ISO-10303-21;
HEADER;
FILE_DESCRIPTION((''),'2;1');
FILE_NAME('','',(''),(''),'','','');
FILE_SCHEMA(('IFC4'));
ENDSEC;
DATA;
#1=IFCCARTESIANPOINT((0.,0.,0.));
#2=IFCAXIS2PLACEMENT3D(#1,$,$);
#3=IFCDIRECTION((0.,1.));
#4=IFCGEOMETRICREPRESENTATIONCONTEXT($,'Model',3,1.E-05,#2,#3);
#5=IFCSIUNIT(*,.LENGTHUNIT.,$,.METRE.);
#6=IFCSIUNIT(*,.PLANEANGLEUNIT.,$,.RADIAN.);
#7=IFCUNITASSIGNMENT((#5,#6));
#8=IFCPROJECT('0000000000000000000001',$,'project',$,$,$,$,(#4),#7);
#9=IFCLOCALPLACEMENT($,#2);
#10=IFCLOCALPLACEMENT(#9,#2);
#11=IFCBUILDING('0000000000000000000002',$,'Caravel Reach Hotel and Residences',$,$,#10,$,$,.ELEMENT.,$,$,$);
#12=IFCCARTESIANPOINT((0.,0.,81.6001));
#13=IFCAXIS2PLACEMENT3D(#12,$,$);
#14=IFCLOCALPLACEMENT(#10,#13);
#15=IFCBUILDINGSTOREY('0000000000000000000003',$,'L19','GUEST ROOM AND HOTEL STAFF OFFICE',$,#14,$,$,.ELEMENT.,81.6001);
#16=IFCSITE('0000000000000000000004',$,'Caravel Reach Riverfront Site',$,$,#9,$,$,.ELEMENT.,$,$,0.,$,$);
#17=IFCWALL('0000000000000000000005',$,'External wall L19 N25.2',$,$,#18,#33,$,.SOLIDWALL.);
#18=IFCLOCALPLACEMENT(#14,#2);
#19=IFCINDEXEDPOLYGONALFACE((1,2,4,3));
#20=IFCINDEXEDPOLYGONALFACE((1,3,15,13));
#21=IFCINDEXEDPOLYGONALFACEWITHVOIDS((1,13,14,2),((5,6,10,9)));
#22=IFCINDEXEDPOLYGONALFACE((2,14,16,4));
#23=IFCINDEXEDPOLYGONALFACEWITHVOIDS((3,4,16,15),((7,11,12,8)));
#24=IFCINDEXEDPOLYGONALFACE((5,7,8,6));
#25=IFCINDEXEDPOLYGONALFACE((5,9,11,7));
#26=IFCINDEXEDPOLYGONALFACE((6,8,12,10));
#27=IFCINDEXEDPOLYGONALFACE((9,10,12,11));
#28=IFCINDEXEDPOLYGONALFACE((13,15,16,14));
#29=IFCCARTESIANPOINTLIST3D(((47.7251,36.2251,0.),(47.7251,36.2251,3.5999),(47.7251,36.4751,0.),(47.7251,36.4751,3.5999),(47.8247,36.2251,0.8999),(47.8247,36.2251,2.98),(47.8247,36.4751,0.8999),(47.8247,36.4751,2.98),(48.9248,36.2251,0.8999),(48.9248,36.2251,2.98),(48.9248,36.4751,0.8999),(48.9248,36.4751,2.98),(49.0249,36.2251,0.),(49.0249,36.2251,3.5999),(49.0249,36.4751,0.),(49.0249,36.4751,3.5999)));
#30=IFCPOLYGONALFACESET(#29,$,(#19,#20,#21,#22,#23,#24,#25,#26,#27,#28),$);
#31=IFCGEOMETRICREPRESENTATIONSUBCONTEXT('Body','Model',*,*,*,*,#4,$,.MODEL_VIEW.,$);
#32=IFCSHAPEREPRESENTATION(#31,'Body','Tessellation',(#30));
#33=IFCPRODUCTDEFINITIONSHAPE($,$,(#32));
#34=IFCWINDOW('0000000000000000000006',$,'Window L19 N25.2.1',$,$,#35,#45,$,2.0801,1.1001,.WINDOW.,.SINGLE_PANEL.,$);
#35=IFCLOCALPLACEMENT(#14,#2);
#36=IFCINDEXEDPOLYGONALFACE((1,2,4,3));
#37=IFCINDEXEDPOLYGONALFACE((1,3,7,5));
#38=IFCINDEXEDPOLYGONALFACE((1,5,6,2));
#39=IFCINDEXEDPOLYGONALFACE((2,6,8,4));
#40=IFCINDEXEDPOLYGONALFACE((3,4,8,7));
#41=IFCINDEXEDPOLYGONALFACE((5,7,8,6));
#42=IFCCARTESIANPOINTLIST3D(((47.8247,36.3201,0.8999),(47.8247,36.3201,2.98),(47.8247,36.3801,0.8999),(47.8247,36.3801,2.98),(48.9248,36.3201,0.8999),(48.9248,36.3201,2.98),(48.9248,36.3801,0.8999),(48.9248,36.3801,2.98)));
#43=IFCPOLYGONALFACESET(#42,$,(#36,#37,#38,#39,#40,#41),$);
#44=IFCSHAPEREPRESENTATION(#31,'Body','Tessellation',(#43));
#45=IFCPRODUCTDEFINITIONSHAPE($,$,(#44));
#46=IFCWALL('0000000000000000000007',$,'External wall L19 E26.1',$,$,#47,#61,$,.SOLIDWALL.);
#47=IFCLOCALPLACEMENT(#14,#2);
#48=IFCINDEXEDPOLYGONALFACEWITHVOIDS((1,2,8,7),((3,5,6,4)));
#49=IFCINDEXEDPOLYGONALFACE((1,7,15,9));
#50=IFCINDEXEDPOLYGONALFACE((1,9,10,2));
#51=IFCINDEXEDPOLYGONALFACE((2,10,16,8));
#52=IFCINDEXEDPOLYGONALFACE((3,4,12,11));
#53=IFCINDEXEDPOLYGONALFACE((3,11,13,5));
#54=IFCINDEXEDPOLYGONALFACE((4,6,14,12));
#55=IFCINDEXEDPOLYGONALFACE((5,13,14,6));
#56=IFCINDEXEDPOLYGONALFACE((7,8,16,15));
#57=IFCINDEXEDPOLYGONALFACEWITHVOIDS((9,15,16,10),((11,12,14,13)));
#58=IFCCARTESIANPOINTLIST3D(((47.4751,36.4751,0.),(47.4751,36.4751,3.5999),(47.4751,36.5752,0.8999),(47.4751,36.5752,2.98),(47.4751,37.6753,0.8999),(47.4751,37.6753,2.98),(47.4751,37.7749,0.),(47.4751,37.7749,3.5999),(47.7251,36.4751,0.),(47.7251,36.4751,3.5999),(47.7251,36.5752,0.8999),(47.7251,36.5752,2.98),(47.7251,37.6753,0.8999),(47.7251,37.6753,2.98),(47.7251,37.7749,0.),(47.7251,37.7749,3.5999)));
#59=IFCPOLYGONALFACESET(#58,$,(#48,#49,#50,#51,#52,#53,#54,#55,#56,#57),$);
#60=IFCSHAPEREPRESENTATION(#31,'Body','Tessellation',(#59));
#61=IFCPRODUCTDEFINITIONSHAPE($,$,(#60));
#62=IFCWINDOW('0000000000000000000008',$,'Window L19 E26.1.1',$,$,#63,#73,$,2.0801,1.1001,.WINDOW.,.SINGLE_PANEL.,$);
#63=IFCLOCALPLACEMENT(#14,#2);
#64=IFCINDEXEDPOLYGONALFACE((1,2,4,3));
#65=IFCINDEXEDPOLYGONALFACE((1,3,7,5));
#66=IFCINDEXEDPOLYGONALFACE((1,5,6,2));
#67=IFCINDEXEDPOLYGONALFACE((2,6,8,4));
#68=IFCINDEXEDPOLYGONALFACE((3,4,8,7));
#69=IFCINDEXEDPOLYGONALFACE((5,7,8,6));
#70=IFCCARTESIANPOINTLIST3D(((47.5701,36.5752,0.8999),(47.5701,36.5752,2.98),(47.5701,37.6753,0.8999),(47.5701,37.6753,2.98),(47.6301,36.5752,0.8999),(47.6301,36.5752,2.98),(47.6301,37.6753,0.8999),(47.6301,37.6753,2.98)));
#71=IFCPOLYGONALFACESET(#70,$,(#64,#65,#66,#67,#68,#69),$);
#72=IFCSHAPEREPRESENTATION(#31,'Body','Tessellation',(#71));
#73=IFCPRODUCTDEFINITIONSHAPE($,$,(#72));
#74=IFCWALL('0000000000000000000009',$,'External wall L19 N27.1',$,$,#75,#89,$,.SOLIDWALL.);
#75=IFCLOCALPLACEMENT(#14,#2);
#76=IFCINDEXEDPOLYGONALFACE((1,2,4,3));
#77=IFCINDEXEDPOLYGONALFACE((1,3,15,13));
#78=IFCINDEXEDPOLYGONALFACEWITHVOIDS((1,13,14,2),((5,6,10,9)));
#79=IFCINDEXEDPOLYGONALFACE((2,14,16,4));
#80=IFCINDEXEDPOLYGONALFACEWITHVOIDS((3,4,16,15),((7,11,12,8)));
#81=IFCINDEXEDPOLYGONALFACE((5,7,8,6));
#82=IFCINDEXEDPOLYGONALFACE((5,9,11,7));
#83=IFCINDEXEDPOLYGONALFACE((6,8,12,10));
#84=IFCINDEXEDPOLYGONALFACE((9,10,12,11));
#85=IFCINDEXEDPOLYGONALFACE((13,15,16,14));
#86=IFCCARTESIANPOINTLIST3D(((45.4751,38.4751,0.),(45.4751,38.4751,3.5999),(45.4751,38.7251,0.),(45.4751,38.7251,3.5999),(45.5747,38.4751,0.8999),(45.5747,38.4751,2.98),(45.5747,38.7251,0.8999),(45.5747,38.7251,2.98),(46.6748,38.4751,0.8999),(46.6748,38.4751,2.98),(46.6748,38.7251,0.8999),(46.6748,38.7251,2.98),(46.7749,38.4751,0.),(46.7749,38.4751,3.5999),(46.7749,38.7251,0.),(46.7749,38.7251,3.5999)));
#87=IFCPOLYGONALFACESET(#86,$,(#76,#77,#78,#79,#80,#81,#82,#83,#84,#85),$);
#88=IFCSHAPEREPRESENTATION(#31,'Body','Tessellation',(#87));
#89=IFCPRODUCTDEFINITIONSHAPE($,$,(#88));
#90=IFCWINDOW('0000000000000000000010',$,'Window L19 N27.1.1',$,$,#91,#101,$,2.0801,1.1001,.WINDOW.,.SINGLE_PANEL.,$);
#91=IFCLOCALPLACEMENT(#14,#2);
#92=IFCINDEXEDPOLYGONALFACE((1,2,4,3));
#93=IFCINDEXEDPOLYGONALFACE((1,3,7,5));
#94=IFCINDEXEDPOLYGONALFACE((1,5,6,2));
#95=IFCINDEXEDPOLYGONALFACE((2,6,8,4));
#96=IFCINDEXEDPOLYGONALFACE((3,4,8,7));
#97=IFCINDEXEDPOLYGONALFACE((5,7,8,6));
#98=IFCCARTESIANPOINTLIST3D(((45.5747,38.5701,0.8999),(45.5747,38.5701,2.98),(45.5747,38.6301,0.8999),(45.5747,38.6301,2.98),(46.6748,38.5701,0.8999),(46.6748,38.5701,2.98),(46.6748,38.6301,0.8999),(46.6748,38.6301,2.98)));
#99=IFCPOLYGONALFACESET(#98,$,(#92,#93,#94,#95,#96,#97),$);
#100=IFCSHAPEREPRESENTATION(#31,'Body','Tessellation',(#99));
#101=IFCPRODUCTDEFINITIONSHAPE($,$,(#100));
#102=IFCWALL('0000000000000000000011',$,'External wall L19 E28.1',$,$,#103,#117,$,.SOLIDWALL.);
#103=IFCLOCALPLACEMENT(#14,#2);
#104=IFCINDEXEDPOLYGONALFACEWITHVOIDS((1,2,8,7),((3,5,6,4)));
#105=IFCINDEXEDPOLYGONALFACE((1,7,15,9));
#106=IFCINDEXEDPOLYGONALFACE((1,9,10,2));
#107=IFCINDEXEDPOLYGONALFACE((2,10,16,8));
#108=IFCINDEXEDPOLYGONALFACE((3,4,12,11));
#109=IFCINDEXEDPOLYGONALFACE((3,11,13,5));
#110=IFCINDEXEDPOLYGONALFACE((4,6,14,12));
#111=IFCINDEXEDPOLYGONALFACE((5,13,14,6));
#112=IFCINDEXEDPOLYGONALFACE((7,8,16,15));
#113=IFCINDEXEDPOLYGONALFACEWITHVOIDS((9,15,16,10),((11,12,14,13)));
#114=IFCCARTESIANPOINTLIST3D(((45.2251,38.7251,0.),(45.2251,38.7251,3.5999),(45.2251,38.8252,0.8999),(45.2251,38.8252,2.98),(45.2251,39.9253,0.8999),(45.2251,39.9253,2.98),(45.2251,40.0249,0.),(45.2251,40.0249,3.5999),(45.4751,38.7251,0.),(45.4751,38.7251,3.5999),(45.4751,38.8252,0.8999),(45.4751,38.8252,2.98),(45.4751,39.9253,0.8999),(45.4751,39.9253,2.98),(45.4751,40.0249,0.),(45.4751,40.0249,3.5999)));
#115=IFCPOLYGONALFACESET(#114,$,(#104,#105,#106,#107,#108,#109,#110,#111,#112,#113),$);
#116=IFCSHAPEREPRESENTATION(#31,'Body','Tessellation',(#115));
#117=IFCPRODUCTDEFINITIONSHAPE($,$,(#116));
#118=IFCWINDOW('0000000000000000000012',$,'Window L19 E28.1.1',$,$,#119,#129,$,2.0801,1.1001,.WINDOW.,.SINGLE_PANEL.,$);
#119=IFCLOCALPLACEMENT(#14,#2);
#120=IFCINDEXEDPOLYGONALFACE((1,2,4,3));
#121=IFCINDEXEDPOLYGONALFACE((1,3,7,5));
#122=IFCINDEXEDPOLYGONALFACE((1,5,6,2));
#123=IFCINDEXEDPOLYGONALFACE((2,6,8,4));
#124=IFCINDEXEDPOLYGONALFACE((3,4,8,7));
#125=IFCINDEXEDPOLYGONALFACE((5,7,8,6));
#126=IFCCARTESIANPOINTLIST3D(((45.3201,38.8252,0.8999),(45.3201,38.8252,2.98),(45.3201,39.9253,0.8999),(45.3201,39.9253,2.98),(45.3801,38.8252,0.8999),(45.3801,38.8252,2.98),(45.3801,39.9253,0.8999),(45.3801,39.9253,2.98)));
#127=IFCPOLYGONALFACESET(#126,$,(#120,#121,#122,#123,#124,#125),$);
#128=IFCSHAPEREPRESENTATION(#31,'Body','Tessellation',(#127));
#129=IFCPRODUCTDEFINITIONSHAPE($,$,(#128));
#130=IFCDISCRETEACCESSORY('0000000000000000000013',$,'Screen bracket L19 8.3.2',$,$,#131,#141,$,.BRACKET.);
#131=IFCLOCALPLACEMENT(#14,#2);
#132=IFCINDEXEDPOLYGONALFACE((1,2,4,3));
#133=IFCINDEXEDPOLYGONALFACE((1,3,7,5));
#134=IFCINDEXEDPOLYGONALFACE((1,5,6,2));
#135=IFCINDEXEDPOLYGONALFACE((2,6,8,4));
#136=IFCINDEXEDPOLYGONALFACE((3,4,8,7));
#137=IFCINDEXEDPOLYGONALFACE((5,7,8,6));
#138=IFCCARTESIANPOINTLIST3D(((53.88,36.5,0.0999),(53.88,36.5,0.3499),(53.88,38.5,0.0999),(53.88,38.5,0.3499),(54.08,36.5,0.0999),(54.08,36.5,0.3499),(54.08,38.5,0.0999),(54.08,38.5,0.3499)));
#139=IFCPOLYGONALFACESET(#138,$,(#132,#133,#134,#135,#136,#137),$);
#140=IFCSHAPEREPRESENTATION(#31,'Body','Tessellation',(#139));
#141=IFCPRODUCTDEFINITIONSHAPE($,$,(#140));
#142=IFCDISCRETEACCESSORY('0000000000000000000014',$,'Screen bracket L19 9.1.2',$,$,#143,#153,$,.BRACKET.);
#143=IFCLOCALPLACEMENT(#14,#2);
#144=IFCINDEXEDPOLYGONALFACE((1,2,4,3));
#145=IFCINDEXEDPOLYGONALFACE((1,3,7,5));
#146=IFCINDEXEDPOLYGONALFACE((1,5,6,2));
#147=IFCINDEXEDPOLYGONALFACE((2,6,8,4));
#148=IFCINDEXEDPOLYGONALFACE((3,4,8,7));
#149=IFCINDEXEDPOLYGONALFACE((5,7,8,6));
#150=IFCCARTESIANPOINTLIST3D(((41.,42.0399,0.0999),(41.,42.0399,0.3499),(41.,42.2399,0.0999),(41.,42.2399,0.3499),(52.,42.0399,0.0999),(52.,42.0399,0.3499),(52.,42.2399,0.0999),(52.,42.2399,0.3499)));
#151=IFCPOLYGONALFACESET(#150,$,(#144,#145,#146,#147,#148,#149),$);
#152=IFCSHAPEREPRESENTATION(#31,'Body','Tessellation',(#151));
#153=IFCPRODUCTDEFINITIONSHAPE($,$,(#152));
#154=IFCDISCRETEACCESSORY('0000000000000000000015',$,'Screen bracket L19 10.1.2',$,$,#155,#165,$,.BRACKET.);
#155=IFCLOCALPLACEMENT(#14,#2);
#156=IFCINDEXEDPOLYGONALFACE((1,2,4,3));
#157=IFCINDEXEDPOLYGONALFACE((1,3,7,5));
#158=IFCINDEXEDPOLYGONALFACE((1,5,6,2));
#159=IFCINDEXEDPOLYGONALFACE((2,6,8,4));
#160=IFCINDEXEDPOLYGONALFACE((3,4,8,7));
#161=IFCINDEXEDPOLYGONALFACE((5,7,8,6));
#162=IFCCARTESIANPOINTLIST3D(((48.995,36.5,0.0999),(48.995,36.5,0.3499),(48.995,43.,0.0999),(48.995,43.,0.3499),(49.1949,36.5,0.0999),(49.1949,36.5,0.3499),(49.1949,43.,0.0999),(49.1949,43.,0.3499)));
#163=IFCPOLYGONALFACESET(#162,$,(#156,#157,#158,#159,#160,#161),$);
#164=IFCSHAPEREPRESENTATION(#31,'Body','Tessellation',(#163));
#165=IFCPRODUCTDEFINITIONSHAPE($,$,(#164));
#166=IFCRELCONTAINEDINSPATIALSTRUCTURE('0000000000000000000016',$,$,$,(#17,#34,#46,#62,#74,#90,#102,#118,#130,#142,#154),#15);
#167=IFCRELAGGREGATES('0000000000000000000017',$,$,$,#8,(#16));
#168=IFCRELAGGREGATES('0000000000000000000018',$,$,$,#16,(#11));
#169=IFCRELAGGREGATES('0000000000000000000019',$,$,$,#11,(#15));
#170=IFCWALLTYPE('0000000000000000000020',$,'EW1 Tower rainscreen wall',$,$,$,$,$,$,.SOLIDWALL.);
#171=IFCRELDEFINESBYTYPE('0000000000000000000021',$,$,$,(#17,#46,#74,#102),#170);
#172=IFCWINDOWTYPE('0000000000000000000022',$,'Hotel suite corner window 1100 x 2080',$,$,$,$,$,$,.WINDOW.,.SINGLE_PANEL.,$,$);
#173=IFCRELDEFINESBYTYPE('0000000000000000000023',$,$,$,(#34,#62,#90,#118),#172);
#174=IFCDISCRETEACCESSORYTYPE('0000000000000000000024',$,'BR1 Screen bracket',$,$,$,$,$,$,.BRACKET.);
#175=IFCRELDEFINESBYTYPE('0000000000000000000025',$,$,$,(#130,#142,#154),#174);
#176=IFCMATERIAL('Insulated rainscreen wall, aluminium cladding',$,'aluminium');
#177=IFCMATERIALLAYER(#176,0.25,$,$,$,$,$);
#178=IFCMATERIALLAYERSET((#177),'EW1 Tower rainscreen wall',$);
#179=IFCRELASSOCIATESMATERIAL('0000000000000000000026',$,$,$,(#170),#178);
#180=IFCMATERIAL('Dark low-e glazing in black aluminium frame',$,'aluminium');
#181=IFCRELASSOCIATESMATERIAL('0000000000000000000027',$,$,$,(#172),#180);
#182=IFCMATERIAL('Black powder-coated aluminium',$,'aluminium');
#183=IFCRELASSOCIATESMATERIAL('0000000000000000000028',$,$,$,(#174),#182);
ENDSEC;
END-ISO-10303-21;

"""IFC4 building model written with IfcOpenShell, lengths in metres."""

from ifc_helpers import new_model, si_unit, direction, frame, frame_2d, origin, origin_2d, place, context, subcontext, project, spatial, rectangle, extrude, material, layer, layer_set, type_object, element, fill, save


model = new_model("IFC4")

# Units and contexts
model_context = context("Model", 3, precision=1e-05, world=origin(), true_north=direction((0.0, 1.0)))
body_context = subcontext(model_context, "Body", "Model", "MODEL_VIEW")
ifc_project = project(units=[si_unit("LENGTHUNIT", "METRE"), si_unit("PLANEANGLEUNIT", "RADIAN")], contexts=[model_context])

# Site, building, storey
site_placement = place(None, origin())
site = spatial("IfcSite", under=ifc_project, at=site_placement, Name="Caravel Reach Riverfront Site", CompositionType="ELEMENT", RefElevation=0.0)
building_placement = place(site_placement, origin())
building = spatial("IfcBuilding", under=site, at=building_placement, Name="Caravel Reach Hotel and Residences", CompositionType="ELEMENT")
storey_placement = place(building_placement, frame((0.0, 0.0, 81.6001)))
storey = spatial("IfcBuildingStorey", under=building, at=storey_placement, Name="L19", Description="GUEST ROOM AND HOTEL STAFF OFFICE", CompositionType="ELEMENT", Elevation=81.6001)

# Walls, openings, windows
ifc_material_1 = material(Name="Insulated rainscreen wall, aluminium cladding", Category="aluminium")
ifc_layer = layer(ifc_material_1, 0.25)
ifc_layer_set = layer_set([ifc_layer], Name="EW1 Tower rainscreen wall")
wall_type = type_object("IfcWallType", Name="EW1 Tower rainscreen wall", PredefinedType="SOLIDWALL", material=ifc_layer_set)
wall_1_placement = place(storey_placement, frame((49.0249, 36.3501, 0.0), z_axis=(0.0, 0.0, 1.0), x_axis=(-1.0, 0.0, 0.0)))
wall_1 = element("IfcWall", 1, at=wall_1_placement, inside=storey, type_object=wall_type, Name="External wall L19 N25.2", PredefinedType="SOLIDWALL", context=body_context, shape_type="SweptSolid", body=[
    extrude(rectangle(XDim=1.2998, YDim=0.25, at=frame_2d((0.6499, 0.0))), origin(), (0.0, 0.0, 1.0), 3.5999),
])
opening_1_placement = place(wall_1_placement, frame((0.1001, 0.0, 0.8999)))
opening_1 = element("IfcOpeningElement", 2, at=opening_1_placement, cuts=wall_1, PredefinedType="OPENING", context=body_context, shape_type="SweptSolid", body=[
    extrude(rectangle(XDim=1.1001, YDim=2.0801, at=frame_2d((0.55, 1.04))), frame((0.0, 0.135, 0.0), z_axis=(0.0, -1.0, 0.0), x_axis=(1.0, 0.0, 0.0)), (0.0, 0.0, 1.0), 0.27),
])
ifc_material_2 = material(Name="Dark low-e glazing in black aluminium frame", Category="aluminium")
window_type = type_object("IfcWindowType", Name="Hotel suite corner window 1100 x 2080", PartitioningType="SINGLE_PANEL", PredefinedType="WINDOW", material=ifc_material_2)
window_1_placement = place(opening_1_placement, origin())
window_1 = element("IfcWindow", 3, at=window_1_placement, inside=storey, type_object=window_type, Name="Window L19 N25.2.1", OverallHeight=2.0801, OverallWidth=1.1001, PartitioningType="SINGLE_PANEL", PredefinedType="WINDOW", context=body_context, shape_type="SweptSolid", body=[
    extrude(rectangle(XDim=1.1001, YDim=2.0801, at=frame_2d((0.55, 1.04))), frame((0.0, 0.03, 0.0), z_axis=(0.0, -1.0, 0.0), x_axis=(1.0, 0.0, 0.0)), (0.0, 0.0, 1.0), 0.0601),
])
fill(opening_1, window_1)
wall_2_placement = place(storey_placement, frame((47.6001, 36.4751, 0.0), z_axis=(0.0, 0.0, 1.0), x_axis=(0.0, 1.0, 0.0)))
wall_2 = element("IfcWall", 4, at=wall_2_placement, inside=storey, type_object=wall_type, Name="External wall L19 E26.1", PredefinedType="SOLIDWALL", context=body_context, shape_type="SweptSolid", body=[
    extrude(rectangle(XDim=1.2998, YDim=0.25, at=frame_2d((0.6499, 0.0))), origin(), (0.0, 0.0, 1.0), 3.5999),
])
opening_2_placement = place(wall_2_placement, frame((0.1001, 0.0, 0.8999)))
opening_2 = element("IfcOpeningElement", 5, at=opening_2_placement, cuts=wall_2, PredefinedType="OPENING", context=body_context, shape_type="SweptSolid", body=[
    extrude(rectangle(XDim=1.1001, YDim=2.0801, at=frame_2d((0.55, 1.04))), frame((0.0, 0.135, 0.0), z_axis=(0.0, -1.0, 0.0), x_axis=(1.0, 0.0, 0.0)), (0.0, 0.0, 1.0), 0.27),
])
window_2_placement = place(opening_2_placement, origin())
window_2 = element("IfcWindow", 6, at=window_2_placement, inside=storey, type_object=window_type, Name="Window L19 E26.1.1", OverallHeight=2.0801, OverallWidth=1.1001, PartitioningType="SINGLE_PANEL", PredefinedType="WINDOW", context=body_context, shape_type="SweptSolid", body=[
    extrude(rectangle(XDim=1.1001, YDim=2.0801, at=frame_2d((0.55, 1.04))), frame((0.0, 0.03, 0.0), z_axis=(0.0, -1.0, 0.0), x_axis=(1.0, 0.0, 0.0)), (0.0, 0.0, 1.0), 0.0601),
])
fill(opening_2, window_2)
wall_3_placement = place(storey_placement, frame((46.7749, 38.6001, 0.0), z_axis=(0.0, 0.0, 1.0), x_axis=(-1.0, 0.0, 0.0)))
wall_3 = element("IfcWall", 7, at=wall_3_placement, inside=storey, type_object=wall_type, Name="External wall L19 N27.1", PredefinedType="SOLIDWALL", context=body_context, shape_type="SweptSolid", body=[
    extrude(rectangle(XDim=1.2998, YDim=0.25, at=frame_2d((0.6499, 0.0))), origin(), (0.0, 0.0, 1.0), 3.5999),
])
opening_3_placement = place(wall_3_placement, frame((0.1001, 0.0, 0.8999)))
opening_3 = element("IfcOpeningElement", 8, at=opening_3_placement, cuts=wall_3, PredefinedType="OPENING", context=body_context, shape_type="SweptSolid", body=[
    extrude(rectangle(XDim=1.1001, YDim=2.0801, at=frame_2d((0.55, 1.04))), frame((0.0, 0.135, 0.0), z_axis=(0.0, -1.0, 0.0), x_axis=(1.0, 0.0, 0.0)), (0.0, 0.0, 1.0), 0.27),
])
window_3_placement = place(opening_3_placement, origin())
window_3 = element("IfcWindow", 9, at=window_3_placement, inside=storey, type_object=window_type, Name="Window L19 N27.1.1", OverallHeight=2.0801, OverallWidth=1.1001, PartitioningType="SINGLE_PANEL", PredefinedType="WINDOW", context=body_context, shape_type="SweptSolid", body=[
    extrude(rectangle(XDim=1.1001, YDim=2.0801, at=frame_2d((0.55, 1.04))), frame((0.0, 0.03, 0.0), z_axis=(0.0, -1.0, 0.0), x_axis=(1.0, 0.0, 0.0)), (0.0, 0.0, 1.0), 0.0601),
])
fill(opening_3, window_3)
wall_4_placement = place(storey_placement, frame((45.3501, 38.7251, 0.0), z_axis=(0.0, 0.0, 1.0), x_axis=(0.0, 1.0, 0.0)))
wall_4 = element("IfcWall", 10, at=wall_4_placement, inside=storey, type_object=wall_type, Name="External wall L19 E28.1", PredefinedType="SOLIDWALL", context=body_context, shape_type="SweptSolid", body=[
    extrude(rectangle(XDim=1.2998, YDim=0.25, at=frame_2d((0.6499, 0.0))), origin(), (0.0, 0.0, 1.0), 3.5999),
])
opening_4_placement = place(wall_4_placement, frame((0.1001, 0.0, 0.8999)))
opening_4 = element("IfcOpeningElement", 11, at=opening_4_placement, cuts=wall_4, PredefinedType="OPENING", context=body_context, shape_type="SweptSolid", body=[
    extrude(rectangle(XDim=1.1001, YDim=2.0801, at=frame_2d((0.55, 1.04))), frame((0.0, 0.135, 0.0), z_axis=(0.0, -1.0, 0.0), x_axis=(1.0, 0.0, 0.0)), (0.0, 0.0, 1.0), 0.27),
])
window_4_placement = place(opening_4_placement, origin())
window_4 = element("IfcWindow", 12, at=window_4_placement, inside=storey, type_object=window_type, Name="Window L19 E28.1.1", OverallHeight=2.0801, OverallWidth=1.1001, PartitioningType="SINGLE_PANEL", PredefinedType="WINDOW", context=body_context, shape_type="SweptSolid", body=[
    extrude(rectangle(XDim=1.1001, YDim=2.0801, at=frame_2d((0.55, 1.04))), frame((0.0, 0.03, 0.0), z_axis=(0.0, -1.0, 0.0), x_axis=(1.0, 0.0, 0.0)), (0.0, 0.0, 1.0), 0.0601),
])
fill(opening_4, window_4)

# Discrete accessories
ifc_material_3 = material(Name="Black powder-coated aluminium", Category="aluminium")
discrete_accessory_type = type_object("IfcDiscreteAccessoryType", Name="BR1 Screen bracket", PredefinedType="BRACKET", material=ifc_material_3)
discrete_accessory_1_placement = place(storey_placement, frame((53.98, 37.5, 0.0999), z_axis=(0.0, 0.0, 1.0), x_axis=(0.0, 1.0, 0.0)))
element("IfcDiscreteAccessory", 13, at=discrete_accessory_1_placement, inside=storey, type_object=discrete_accessory_type, Name="Screen bracket L19 8.3.2", PredefinedType="BRACKET", context=body_context, shape_type="SweptSolid", body=[
    extrude(rectangle(XDim=2.0, YDim=0.2, at=origin_2d()), origin(), (0.0, 0.0, 1.0), 0.25),
])
discrete_accessory_2_placement = place(storey_placement, frame((46.5, 42.1399, 0.0999), z_axis=(0.0, 0.0, 1.0), x_axis=(1.0, 0.0, 0.0)))
element("IfcDiscreteAccessory", 14, at=discrete_accessory_2_placement, inside=storey, type_object=discrete_accessory_type, Name="Screen bracket L19 9.1.2", PredefinedType="BRACKET", context=body_context, shape_type="SweptSolid", body=[
    extrude(rectangle(XDim=11.0, YDim=0.2, at=origin_2d()), origin(), (0.0, 0.0, 1.0), 0.25),
])
discrete_accessory_3_placement = place(storey_placement, frame((49.095, 39.75, 0.0999), z_axis=(0.0, 0.0, 1.0), x_axis=(0.0, 1.0, 0.0)))
element("IfcDiscreteAccessory", 15, at=discrete_accessory_3_placement, inside=storey, type_object=discrete_accessory_type, Name="Screen bracket L19 10.1.2", PredefinedType="BRACKET", context=body_context, shape_type="SweptSolid", body=[
    extrude(rectangle(XDim=6.5, YDim=0.2, at=origin_2d()), origin(), (0.0, 0.0, 1.0), 0.25),
])

save(model, "model.ifc")
